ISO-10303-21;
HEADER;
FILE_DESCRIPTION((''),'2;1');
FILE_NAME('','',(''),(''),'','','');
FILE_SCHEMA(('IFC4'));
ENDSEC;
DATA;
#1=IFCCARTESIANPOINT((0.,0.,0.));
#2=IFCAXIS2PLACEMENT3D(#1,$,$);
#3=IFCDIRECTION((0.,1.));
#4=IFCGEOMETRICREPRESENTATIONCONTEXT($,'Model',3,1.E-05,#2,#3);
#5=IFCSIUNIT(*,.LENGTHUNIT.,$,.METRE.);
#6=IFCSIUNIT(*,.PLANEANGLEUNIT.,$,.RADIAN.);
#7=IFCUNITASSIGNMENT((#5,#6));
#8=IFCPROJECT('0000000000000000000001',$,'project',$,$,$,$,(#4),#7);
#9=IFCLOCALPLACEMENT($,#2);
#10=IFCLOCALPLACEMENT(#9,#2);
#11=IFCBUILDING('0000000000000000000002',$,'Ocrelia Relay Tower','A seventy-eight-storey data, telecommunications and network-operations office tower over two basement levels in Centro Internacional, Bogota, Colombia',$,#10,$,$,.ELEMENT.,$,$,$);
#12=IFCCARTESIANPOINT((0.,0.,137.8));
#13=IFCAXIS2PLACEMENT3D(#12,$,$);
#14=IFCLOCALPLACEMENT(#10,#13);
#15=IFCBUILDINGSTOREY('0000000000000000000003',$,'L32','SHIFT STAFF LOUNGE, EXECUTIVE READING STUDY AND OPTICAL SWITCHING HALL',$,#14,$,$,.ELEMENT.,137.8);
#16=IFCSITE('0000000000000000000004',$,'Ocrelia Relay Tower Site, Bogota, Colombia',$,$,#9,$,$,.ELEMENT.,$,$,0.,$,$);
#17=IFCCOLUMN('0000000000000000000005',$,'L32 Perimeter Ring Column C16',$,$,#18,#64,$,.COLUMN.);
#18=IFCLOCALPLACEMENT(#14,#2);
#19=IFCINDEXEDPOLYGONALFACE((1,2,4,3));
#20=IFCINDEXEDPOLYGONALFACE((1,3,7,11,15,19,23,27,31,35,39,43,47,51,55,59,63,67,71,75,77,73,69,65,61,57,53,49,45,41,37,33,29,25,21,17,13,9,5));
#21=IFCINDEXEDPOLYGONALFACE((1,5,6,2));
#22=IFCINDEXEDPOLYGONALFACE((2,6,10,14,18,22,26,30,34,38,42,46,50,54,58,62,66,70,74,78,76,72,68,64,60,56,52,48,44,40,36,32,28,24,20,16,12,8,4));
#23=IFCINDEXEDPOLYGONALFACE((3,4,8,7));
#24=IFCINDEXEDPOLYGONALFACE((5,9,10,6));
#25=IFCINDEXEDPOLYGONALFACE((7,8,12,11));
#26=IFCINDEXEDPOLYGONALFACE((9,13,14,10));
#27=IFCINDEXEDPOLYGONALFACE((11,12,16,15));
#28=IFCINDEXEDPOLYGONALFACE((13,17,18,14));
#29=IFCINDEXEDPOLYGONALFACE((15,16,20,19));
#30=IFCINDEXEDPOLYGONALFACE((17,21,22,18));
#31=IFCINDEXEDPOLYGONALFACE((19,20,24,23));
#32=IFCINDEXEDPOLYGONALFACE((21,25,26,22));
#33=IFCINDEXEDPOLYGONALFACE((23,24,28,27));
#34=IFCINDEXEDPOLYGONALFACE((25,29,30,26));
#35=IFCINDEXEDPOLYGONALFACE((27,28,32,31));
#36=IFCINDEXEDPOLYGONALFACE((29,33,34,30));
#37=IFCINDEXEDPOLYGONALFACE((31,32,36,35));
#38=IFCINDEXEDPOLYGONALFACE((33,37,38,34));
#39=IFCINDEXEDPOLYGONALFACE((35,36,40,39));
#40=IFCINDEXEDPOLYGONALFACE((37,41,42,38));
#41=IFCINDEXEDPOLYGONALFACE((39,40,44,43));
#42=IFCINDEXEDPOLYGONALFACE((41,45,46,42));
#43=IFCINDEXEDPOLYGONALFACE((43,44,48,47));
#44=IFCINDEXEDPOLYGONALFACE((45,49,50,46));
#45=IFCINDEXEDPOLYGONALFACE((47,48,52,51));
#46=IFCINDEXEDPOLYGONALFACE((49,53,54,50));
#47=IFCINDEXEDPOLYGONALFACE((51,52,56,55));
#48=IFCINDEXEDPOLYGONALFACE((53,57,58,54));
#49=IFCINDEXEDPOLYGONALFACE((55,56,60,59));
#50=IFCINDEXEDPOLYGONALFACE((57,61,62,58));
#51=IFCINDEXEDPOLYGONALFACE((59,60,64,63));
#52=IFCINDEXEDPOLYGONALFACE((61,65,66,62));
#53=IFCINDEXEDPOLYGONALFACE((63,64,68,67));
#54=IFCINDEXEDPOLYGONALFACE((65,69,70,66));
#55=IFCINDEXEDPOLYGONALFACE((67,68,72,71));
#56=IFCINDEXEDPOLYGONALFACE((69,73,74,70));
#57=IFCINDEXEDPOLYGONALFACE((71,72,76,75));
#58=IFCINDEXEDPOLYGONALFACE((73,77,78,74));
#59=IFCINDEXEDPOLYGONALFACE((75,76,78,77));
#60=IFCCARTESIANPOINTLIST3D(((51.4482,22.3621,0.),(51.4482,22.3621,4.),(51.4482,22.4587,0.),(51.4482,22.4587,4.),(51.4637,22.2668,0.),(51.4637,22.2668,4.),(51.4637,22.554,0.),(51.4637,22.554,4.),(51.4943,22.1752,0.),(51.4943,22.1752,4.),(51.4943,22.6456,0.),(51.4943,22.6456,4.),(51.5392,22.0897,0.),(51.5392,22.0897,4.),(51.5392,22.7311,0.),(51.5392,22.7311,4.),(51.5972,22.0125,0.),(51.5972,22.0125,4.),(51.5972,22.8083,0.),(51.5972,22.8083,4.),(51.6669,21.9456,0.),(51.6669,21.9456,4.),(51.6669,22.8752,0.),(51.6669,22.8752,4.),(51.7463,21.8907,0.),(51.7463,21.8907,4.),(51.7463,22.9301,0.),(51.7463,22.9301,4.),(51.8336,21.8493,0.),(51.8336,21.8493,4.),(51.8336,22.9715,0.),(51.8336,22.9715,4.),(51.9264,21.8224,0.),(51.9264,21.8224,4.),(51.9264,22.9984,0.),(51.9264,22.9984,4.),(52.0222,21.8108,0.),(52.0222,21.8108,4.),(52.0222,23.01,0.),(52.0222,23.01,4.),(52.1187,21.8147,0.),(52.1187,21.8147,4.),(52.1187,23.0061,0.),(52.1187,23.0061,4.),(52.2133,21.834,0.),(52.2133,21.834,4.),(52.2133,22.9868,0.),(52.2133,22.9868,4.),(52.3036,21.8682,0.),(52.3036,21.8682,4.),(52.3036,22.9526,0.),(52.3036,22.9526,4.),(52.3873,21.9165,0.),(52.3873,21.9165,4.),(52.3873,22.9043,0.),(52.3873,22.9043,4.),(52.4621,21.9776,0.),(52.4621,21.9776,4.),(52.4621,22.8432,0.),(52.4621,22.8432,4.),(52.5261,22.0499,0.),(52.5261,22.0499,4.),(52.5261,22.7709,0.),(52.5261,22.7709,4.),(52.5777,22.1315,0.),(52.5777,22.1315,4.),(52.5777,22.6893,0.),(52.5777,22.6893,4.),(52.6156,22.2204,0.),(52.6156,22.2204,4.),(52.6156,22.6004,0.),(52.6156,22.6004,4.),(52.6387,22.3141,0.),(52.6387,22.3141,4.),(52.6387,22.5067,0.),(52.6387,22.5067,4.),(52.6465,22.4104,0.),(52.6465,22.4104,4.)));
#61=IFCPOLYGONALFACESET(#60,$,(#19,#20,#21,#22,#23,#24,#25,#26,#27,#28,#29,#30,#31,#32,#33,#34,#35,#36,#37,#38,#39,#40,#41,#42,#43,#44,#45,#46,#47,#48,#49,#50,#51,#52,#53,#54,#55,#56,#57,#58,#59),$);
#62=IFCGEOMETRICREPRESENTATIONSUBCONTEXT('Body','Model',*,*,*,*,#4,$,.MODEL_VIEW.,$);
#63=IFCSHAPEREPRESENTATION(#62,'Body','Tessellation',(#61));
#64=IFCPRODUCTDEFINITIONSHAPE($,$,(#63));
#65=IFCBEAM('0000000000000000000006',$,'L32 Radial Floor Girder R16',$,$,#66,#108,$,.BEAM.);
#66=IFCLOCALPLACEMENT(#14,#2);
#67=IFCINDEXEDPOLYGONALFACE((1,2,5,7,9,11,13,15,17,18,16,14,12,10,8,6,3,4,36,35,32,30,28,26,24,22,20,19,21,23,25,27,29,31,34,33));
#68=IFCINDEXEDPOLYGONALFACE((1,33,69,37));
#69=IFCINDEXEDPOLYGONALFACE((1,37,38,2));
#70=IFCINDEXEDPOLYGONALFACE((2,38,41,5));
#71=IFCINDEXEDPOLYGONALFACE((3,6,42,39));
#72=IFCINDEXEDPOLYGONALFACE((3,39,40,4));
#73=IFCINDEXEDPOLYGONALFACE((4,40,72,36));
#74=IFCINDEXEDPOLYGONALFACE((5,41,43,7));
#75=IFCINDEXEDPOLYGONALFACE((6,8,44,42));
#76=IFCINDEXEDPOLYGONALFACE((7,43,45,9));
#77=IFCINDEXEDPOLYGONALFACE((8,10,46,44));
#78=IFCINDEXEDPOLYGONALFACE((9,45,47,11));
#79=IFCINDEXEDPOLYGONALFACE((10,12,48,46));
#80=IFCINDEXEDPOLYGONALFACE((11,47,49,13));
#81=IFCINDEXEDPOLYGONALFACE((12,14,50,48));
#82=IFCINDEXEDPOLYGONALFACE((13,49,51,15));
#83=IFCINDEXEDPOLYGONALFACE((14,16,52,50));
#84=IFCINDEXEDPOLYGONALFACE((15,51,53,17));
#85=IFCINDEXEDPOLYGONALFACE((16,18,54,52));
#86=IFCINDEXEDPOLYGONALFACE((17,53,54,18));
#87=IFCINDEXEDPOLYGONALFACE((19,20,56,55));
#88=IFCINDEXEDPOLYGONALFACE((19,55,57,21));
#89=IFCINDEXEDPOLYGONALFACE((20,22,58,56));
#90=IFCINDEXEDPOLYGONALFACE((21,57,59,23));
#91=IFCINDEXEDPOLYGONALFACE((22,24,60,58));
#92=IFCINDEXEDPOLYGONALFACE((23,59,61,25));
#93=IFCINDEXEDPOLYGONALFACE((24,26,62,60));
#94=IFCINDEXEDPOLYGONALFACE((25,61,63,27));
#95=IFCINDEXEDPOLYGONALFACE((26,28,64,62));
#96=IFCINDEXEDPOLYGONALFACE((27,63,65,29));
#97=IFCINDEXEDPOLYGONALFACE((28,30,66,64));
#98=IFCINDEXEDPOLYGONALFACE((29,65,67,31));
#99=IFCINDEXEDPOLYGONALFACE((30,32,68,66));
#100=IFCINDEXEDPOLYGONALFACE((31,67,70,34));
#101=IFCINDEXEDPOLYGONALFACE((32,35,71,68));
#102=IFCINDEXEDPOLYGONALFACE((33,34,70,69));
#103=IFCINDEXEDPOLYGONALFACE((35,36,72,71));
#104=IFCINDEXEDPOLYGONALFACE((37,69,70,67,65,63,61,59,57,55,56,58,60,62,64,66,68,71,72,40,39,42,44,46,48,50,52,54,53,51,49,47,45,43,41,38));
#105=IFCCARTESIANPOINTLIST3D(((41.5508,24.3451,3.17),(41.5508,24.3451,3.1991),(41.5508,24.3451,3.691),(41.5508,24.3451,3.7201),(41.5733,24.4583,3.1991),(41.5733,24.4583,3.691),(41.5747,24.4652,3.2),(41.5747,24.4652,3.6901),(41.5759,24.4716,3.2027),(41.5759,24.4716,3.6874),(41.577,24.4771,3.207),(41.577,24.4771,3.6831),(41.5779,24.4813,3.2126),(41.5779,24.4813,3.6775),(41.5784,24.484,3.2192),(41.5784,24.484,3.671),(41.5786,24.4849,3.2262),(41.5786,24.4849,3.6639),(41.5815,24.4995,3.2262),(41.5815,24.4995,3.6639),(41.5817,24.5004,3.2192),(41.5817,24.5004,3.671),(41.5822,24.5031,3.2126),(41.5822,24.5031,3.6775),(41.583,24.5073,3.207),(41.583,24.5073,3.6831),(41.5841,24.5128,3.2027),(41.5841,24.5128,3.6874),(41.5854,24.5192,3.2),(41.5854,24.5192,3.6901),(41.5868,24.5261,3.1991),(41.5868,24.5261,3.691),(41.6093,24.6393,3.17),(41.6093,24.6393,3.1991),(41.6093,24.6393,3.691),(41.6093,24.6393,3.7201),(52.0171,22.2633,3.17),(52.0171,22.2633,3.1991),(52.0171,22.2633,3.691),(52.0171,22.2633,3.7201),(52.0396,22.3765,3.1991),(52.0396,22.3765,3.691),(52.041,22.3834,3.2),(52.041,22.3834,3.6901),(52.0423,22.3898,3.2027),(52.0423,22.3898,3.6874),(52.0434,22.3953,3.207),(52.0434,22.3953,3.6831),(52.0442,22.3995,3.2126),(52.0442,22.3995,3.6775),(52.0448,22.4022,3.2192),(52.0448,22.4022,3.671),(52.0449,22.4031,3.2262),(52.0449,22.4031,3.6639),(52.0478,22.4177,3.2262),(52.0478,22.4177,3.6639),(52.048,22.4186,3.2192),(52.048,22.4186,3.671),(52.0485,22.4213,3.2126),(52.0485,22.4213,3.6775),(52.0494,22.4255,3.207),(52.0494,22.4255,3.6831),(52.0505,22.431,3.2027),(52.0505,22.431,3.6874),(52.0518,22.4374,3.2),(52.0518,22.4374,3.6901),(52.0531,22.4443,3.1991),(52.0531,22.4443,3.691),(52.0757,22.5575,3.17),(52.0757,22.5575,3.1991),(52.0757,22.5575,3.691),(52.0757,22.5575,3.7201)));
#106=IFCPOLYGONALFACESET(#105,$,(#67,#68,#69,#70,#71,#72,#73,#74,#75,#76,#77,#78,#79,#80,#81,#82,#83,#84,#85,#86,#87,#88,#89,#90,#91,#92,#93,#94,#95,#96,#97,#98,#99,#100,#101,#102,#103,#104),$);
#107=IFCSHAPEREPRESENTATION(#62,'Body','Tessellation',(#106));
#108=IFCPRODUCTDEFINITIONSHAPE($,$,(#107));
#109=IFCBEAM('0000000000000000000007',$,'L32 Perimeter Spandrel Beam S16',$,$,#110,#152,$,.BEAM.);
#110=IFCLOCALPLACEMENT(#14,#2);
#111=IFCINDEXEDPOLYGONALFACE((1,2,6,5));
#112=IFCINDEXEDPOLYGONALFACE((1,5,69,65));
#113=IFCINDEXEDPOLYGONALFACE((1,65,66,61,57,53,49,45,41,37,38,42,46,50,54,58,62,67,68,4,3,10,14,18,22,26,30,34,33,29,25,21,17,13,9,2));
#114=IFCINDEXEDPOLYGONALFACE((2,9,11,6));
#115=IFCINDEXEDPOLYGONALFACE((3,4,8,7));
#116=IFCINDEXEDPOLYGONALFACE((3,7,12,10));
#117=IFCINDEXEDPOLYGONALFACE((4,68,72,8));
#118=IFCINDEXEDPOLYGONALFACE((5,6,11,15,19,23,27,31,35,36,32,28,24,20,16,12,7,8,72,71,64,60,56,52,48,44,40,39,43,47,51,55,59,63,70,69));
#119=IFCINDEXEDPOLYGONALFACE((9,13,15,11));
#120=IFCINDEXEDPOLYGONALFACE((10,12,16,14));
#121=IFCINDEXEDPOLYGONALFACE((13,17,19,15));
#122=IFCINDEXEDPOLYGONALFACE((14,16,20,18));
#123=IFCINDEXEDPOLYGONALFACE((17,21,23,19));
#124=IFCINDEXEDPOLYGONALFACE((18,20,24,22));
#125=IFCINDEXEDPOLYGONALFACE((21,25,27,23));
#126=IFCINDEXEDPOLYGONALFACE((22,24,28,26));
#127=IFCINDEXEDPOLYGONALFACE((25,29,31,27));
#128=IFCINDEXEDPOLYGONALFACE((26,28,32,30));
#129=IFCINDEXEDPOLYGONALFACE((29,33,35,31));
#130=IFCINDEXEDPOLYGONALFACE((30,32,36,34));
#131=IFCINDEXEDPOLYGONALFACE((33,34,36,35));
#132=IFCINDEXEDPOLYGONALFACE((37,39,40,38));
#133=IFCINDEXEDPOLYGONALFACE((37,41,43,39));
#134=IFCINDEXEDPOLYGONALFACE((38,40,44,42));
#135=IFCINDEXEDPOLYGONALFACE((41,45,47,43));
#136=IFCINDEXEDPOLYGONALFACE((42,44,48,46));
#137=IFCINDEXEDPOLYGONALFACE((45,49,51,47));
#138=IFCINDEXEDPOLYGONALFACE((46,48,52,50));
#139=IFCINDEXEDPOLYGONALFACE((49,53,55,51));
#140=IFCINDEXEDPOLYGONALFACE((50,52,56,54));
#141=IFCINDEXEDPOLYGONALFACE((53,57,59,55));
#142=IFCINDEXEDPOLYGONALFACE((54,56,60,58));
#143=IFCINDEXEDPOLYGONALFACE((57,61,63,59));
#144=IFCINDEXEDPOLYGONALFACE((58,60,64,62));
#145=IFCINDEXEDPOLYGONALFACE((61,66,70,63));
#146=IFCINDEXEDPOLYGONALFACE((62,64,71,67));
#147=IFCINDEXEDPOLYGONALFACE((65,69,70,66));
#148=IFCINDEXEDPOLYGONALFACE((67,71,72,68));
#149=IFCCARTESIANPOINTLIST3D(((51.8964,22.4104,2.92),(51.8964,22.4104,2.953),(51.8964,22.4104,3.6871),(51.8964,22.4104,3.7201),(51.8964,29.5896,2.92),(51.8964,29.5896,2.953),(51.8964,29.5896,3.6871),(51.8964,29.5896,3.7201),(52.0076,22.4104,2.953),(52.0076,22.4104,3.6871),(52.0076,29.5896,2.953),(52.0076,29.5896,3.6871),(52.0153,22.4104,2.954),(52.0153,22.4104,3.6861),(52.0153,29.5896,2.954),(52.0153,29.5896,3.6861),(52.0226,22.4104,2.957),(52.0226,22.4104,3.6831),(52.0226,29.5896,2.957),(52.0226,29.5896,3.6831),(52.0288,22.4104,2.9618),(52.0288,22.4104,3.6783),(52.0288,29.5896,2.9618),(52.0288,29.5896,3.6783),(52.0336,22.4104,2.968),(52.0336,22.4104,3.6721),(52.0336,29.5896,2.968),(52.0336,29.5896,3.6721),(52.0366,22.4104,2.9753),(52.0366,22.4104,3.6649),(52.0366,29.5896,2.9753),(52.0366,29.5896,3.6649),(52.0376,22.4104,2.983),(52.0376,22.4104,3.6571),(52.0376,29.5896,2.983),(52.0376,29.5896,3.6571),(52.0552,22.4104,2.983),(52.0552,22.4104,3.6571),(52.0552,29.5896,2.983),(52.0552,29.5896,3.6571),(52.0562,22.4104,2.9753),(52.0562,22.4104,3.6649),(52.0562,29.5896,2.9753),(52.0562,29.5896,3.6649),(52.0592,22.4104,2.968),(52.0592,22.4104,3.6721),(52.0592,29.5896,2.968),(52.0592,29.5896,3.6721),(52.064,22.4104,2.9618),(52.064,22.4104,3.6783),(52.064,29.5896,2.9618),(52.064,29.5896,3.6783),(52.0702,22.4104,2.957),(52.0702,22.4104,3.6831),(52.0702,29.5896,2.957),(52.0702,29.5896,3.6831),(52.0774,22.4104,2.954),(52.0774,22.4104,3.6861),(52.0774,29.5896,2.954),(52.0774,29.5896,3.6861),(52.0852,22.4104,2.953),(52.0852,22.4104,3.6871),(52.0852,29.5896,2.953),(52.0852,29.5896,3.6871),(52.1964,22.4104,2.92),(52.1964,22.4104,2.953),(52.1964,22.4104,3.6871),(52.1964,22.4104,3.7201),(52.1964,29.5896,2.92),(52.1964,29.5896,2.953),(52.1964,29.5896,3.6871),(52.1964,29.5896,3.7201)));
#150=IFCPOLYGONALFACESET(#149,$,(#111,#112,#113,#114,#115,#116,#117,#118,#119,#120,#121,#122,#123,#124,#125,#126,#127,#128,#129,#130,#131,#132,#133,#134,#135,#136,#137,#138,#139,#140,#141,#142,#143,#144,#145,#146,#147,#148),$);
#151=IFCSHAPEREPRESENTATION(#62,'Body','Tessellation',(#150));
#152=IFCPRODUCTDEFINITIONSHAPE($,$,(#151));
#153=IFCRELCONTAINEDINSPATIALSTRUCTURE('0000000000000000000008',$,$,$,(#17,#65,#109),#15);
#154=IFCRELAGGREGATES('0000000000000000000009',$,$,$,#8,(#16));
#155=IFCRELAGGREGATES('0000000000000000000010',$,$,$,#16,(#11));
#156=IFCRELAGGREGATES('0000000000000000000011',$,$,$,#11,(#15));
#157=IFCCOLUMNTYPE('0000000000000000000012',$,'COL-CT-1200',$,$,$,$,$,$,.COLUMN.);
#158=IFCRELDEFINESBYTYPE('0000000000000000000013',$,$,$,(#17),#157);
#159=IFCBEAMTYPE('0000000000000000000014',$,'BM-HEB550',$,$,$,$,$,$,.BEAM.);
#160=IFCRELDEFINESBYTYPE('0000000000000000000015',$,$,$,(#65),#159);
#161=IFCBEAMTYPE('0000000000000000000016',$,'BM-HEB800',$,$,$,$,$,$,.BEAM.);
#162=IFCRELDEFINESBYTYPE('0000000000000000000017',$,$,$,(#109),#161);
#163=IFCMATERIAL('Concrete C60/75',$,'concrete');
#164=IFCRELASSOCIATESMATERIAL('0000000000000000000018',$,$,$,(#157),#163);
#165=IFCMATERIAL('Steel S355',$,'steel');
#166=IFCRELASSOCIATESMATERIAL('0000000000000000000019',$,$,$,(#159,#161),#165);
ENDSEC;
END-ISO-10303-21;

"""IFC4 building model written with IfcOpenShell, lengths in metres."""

from ifc_helpers import new_model, si_unit, direction, frame, origin, origin_2d, place, context, subcontext, project, spatial, circle, i_section, extrude, material, material_profile, profile_set, type_object, element, save


model = new_model("IFC4")

# Units and contexts
model_context = context("Model", 3, precision=1e-05, world=origin(), true_north=direction((0.0, 1.0)))
body_context = subcontext(model_context, "Body", "Model", "MODEL_VIEW")
ifc_project = project(units=[si_unit("LENGTHUNIT", "METRE"), si_unit("PLANEANGLEUNIT", "RADIAN")], contexts=[model_context])

# Site, building, storey
site_placement = place(None, origin())
site = spatial("IfcSite", under=ifc_project, at=site_placement, Name="Ocrelia Relay Tower Site, Bogota, Colombia", CompositionType="ELEMENT", RefElevation=0.0)
building_placement = place(site_placement, origin())
building = spatial("IfcBuilding", under=site, at=building_placement, Name="Ocrelia Relay Tower", Description="A seventy-eight-storey data, telecommunications and network-operations office tower over two basement levels in Centro Internacional, Bogota, Colombia", CompositionType="ELEMENT")
storey_placement = place(building_placement, frame((0.0, 0.0, 137.8)))
storey = spatial("IfcBuildingStorey", under=building, at=storey_placement, Name="L32", Description="SHIFT STAFF LOUNGE, EXECUTIVE READING STUDY AND OPTICAL SWITCHING HALL", CompositionType="ELEMENT", Elevation=137.8)

# Column
ifc_material_1 = material(Name="Concrete C60/75", Category="concrete")
ifc_material_profile_1 = material_profile(ifc_material_1, circle(Radius=0.6001, at=origin_2d()), Name="RC-CIR-1200")
ifc_profile_set_1 = profile_set([ifc_material_profile_1], Name="Concrete C60/75")
column_type = type_object("IfcColumnType", Name="COL-CT-1200", PredefinedType="COLUMN", material=ifc_profile_set_1)
column_placement = place(storey_placement, frame((52.0464, 22.4104, 0.0), z_axis=(0.0, 0.0, 1.0), x_axis=(1.0, 0.0, 0.0)))
element("IfcColumn", 1, at=column_placement, inside=storey, type_object=column_type, Name="L32 Perimeter Ring Column C16", PredefinedType="COLUMN", context=body_context, shape_type="SweptSolid", body=[
    extrude(circle(Radius=0.6001, at=origin_2d()), origin(), (0.0, 0.0, 1.0), 4.0),
])

# Beams
ifc_material_2 = material(Name="Steel S355", Category="steel")
ifc_material_profile_2 = material_profile(ifc_material_2, i_section(OverallWidth=0.3, OverallDepth=0.55, WebThickness=0.0149, FlangeThickness=0.0291, FilletRadius=0.0271, at=origin_2d()), Name="HEB 550")
ifc_profile_set_2 = profile_set([ifc_material_profile_2], Name="Steel S355")
beam_type_1 = type_object("IfcBeamType", Name="BM-HEB550", PredefinedType="BEAM", material=ifc_profile_set_2)
beam_1_placement = place(storey_placement, frame((52.0464, 22.4104, 3.4451), z_axis=(-0.980787, 0.195082, 0.0), x_axis=(-0.195082, -0.980787, 0.0)))
element("IfcBeam", 2, at=beam_1_placement, inside=storey, type_object=beam_type_1, Name="L32 Radial Floor Girder R16", PredefinedType="BEAM", context=body_context, shape_type="SweptSolid", body=[
    extrude(i_section(OverallWidth=0.3, OverallDepth=0.55, WebThickness=0.0149, FlangeThickness=0.0291, FilletRadius=0.0271, at=origin_2d()), origin(), (0.0, 0.0, 1.0), 10.6714),
])
ifc_material_profile_3 = material_profile(ifc_material_2, i_section(OverallWidth=0.3, OverallDepth=0.8, WebThickness=0.0176, FlangeThickness=0.033, FilletRadius=0.03, at=origin_2d()), Name="HEB 800")
ifc_profile_set_3 = profile_set([ifc_material_profile_3], Name="Steel S355")
beam_type_2 = type_object("IfcBeamType", Name="BM-HEB800", PredefinedType="BEAM", material=ifc_profile_set_3)
beam_2_placement = place(storey_placement, frame((52.0464, 22.4104, 3.3201), z_axis=(0.0, 1.0, 0.0), x_axis=(-1.0, 0.0, 0.0)))
element("IfcBeam", 3, at=beam_2_placement, inside=storey, type_object=beam_type_2, Name="L32 Perimeter Spandrel Beam S16", PredefinedType="BEAM", context=body_context, shape_type="SweptSolid", body=[
    extrude(i_section(OverallWidth=0.3, OverallDepth=0.8, WebThickness=0.0176, FlangeThickness=0.033, FilletRadius=0.03, at=origin_2d()), origin(), (0.0, 0.0, 1.0), 7.1792),
])

save(model, "model.ifc")
